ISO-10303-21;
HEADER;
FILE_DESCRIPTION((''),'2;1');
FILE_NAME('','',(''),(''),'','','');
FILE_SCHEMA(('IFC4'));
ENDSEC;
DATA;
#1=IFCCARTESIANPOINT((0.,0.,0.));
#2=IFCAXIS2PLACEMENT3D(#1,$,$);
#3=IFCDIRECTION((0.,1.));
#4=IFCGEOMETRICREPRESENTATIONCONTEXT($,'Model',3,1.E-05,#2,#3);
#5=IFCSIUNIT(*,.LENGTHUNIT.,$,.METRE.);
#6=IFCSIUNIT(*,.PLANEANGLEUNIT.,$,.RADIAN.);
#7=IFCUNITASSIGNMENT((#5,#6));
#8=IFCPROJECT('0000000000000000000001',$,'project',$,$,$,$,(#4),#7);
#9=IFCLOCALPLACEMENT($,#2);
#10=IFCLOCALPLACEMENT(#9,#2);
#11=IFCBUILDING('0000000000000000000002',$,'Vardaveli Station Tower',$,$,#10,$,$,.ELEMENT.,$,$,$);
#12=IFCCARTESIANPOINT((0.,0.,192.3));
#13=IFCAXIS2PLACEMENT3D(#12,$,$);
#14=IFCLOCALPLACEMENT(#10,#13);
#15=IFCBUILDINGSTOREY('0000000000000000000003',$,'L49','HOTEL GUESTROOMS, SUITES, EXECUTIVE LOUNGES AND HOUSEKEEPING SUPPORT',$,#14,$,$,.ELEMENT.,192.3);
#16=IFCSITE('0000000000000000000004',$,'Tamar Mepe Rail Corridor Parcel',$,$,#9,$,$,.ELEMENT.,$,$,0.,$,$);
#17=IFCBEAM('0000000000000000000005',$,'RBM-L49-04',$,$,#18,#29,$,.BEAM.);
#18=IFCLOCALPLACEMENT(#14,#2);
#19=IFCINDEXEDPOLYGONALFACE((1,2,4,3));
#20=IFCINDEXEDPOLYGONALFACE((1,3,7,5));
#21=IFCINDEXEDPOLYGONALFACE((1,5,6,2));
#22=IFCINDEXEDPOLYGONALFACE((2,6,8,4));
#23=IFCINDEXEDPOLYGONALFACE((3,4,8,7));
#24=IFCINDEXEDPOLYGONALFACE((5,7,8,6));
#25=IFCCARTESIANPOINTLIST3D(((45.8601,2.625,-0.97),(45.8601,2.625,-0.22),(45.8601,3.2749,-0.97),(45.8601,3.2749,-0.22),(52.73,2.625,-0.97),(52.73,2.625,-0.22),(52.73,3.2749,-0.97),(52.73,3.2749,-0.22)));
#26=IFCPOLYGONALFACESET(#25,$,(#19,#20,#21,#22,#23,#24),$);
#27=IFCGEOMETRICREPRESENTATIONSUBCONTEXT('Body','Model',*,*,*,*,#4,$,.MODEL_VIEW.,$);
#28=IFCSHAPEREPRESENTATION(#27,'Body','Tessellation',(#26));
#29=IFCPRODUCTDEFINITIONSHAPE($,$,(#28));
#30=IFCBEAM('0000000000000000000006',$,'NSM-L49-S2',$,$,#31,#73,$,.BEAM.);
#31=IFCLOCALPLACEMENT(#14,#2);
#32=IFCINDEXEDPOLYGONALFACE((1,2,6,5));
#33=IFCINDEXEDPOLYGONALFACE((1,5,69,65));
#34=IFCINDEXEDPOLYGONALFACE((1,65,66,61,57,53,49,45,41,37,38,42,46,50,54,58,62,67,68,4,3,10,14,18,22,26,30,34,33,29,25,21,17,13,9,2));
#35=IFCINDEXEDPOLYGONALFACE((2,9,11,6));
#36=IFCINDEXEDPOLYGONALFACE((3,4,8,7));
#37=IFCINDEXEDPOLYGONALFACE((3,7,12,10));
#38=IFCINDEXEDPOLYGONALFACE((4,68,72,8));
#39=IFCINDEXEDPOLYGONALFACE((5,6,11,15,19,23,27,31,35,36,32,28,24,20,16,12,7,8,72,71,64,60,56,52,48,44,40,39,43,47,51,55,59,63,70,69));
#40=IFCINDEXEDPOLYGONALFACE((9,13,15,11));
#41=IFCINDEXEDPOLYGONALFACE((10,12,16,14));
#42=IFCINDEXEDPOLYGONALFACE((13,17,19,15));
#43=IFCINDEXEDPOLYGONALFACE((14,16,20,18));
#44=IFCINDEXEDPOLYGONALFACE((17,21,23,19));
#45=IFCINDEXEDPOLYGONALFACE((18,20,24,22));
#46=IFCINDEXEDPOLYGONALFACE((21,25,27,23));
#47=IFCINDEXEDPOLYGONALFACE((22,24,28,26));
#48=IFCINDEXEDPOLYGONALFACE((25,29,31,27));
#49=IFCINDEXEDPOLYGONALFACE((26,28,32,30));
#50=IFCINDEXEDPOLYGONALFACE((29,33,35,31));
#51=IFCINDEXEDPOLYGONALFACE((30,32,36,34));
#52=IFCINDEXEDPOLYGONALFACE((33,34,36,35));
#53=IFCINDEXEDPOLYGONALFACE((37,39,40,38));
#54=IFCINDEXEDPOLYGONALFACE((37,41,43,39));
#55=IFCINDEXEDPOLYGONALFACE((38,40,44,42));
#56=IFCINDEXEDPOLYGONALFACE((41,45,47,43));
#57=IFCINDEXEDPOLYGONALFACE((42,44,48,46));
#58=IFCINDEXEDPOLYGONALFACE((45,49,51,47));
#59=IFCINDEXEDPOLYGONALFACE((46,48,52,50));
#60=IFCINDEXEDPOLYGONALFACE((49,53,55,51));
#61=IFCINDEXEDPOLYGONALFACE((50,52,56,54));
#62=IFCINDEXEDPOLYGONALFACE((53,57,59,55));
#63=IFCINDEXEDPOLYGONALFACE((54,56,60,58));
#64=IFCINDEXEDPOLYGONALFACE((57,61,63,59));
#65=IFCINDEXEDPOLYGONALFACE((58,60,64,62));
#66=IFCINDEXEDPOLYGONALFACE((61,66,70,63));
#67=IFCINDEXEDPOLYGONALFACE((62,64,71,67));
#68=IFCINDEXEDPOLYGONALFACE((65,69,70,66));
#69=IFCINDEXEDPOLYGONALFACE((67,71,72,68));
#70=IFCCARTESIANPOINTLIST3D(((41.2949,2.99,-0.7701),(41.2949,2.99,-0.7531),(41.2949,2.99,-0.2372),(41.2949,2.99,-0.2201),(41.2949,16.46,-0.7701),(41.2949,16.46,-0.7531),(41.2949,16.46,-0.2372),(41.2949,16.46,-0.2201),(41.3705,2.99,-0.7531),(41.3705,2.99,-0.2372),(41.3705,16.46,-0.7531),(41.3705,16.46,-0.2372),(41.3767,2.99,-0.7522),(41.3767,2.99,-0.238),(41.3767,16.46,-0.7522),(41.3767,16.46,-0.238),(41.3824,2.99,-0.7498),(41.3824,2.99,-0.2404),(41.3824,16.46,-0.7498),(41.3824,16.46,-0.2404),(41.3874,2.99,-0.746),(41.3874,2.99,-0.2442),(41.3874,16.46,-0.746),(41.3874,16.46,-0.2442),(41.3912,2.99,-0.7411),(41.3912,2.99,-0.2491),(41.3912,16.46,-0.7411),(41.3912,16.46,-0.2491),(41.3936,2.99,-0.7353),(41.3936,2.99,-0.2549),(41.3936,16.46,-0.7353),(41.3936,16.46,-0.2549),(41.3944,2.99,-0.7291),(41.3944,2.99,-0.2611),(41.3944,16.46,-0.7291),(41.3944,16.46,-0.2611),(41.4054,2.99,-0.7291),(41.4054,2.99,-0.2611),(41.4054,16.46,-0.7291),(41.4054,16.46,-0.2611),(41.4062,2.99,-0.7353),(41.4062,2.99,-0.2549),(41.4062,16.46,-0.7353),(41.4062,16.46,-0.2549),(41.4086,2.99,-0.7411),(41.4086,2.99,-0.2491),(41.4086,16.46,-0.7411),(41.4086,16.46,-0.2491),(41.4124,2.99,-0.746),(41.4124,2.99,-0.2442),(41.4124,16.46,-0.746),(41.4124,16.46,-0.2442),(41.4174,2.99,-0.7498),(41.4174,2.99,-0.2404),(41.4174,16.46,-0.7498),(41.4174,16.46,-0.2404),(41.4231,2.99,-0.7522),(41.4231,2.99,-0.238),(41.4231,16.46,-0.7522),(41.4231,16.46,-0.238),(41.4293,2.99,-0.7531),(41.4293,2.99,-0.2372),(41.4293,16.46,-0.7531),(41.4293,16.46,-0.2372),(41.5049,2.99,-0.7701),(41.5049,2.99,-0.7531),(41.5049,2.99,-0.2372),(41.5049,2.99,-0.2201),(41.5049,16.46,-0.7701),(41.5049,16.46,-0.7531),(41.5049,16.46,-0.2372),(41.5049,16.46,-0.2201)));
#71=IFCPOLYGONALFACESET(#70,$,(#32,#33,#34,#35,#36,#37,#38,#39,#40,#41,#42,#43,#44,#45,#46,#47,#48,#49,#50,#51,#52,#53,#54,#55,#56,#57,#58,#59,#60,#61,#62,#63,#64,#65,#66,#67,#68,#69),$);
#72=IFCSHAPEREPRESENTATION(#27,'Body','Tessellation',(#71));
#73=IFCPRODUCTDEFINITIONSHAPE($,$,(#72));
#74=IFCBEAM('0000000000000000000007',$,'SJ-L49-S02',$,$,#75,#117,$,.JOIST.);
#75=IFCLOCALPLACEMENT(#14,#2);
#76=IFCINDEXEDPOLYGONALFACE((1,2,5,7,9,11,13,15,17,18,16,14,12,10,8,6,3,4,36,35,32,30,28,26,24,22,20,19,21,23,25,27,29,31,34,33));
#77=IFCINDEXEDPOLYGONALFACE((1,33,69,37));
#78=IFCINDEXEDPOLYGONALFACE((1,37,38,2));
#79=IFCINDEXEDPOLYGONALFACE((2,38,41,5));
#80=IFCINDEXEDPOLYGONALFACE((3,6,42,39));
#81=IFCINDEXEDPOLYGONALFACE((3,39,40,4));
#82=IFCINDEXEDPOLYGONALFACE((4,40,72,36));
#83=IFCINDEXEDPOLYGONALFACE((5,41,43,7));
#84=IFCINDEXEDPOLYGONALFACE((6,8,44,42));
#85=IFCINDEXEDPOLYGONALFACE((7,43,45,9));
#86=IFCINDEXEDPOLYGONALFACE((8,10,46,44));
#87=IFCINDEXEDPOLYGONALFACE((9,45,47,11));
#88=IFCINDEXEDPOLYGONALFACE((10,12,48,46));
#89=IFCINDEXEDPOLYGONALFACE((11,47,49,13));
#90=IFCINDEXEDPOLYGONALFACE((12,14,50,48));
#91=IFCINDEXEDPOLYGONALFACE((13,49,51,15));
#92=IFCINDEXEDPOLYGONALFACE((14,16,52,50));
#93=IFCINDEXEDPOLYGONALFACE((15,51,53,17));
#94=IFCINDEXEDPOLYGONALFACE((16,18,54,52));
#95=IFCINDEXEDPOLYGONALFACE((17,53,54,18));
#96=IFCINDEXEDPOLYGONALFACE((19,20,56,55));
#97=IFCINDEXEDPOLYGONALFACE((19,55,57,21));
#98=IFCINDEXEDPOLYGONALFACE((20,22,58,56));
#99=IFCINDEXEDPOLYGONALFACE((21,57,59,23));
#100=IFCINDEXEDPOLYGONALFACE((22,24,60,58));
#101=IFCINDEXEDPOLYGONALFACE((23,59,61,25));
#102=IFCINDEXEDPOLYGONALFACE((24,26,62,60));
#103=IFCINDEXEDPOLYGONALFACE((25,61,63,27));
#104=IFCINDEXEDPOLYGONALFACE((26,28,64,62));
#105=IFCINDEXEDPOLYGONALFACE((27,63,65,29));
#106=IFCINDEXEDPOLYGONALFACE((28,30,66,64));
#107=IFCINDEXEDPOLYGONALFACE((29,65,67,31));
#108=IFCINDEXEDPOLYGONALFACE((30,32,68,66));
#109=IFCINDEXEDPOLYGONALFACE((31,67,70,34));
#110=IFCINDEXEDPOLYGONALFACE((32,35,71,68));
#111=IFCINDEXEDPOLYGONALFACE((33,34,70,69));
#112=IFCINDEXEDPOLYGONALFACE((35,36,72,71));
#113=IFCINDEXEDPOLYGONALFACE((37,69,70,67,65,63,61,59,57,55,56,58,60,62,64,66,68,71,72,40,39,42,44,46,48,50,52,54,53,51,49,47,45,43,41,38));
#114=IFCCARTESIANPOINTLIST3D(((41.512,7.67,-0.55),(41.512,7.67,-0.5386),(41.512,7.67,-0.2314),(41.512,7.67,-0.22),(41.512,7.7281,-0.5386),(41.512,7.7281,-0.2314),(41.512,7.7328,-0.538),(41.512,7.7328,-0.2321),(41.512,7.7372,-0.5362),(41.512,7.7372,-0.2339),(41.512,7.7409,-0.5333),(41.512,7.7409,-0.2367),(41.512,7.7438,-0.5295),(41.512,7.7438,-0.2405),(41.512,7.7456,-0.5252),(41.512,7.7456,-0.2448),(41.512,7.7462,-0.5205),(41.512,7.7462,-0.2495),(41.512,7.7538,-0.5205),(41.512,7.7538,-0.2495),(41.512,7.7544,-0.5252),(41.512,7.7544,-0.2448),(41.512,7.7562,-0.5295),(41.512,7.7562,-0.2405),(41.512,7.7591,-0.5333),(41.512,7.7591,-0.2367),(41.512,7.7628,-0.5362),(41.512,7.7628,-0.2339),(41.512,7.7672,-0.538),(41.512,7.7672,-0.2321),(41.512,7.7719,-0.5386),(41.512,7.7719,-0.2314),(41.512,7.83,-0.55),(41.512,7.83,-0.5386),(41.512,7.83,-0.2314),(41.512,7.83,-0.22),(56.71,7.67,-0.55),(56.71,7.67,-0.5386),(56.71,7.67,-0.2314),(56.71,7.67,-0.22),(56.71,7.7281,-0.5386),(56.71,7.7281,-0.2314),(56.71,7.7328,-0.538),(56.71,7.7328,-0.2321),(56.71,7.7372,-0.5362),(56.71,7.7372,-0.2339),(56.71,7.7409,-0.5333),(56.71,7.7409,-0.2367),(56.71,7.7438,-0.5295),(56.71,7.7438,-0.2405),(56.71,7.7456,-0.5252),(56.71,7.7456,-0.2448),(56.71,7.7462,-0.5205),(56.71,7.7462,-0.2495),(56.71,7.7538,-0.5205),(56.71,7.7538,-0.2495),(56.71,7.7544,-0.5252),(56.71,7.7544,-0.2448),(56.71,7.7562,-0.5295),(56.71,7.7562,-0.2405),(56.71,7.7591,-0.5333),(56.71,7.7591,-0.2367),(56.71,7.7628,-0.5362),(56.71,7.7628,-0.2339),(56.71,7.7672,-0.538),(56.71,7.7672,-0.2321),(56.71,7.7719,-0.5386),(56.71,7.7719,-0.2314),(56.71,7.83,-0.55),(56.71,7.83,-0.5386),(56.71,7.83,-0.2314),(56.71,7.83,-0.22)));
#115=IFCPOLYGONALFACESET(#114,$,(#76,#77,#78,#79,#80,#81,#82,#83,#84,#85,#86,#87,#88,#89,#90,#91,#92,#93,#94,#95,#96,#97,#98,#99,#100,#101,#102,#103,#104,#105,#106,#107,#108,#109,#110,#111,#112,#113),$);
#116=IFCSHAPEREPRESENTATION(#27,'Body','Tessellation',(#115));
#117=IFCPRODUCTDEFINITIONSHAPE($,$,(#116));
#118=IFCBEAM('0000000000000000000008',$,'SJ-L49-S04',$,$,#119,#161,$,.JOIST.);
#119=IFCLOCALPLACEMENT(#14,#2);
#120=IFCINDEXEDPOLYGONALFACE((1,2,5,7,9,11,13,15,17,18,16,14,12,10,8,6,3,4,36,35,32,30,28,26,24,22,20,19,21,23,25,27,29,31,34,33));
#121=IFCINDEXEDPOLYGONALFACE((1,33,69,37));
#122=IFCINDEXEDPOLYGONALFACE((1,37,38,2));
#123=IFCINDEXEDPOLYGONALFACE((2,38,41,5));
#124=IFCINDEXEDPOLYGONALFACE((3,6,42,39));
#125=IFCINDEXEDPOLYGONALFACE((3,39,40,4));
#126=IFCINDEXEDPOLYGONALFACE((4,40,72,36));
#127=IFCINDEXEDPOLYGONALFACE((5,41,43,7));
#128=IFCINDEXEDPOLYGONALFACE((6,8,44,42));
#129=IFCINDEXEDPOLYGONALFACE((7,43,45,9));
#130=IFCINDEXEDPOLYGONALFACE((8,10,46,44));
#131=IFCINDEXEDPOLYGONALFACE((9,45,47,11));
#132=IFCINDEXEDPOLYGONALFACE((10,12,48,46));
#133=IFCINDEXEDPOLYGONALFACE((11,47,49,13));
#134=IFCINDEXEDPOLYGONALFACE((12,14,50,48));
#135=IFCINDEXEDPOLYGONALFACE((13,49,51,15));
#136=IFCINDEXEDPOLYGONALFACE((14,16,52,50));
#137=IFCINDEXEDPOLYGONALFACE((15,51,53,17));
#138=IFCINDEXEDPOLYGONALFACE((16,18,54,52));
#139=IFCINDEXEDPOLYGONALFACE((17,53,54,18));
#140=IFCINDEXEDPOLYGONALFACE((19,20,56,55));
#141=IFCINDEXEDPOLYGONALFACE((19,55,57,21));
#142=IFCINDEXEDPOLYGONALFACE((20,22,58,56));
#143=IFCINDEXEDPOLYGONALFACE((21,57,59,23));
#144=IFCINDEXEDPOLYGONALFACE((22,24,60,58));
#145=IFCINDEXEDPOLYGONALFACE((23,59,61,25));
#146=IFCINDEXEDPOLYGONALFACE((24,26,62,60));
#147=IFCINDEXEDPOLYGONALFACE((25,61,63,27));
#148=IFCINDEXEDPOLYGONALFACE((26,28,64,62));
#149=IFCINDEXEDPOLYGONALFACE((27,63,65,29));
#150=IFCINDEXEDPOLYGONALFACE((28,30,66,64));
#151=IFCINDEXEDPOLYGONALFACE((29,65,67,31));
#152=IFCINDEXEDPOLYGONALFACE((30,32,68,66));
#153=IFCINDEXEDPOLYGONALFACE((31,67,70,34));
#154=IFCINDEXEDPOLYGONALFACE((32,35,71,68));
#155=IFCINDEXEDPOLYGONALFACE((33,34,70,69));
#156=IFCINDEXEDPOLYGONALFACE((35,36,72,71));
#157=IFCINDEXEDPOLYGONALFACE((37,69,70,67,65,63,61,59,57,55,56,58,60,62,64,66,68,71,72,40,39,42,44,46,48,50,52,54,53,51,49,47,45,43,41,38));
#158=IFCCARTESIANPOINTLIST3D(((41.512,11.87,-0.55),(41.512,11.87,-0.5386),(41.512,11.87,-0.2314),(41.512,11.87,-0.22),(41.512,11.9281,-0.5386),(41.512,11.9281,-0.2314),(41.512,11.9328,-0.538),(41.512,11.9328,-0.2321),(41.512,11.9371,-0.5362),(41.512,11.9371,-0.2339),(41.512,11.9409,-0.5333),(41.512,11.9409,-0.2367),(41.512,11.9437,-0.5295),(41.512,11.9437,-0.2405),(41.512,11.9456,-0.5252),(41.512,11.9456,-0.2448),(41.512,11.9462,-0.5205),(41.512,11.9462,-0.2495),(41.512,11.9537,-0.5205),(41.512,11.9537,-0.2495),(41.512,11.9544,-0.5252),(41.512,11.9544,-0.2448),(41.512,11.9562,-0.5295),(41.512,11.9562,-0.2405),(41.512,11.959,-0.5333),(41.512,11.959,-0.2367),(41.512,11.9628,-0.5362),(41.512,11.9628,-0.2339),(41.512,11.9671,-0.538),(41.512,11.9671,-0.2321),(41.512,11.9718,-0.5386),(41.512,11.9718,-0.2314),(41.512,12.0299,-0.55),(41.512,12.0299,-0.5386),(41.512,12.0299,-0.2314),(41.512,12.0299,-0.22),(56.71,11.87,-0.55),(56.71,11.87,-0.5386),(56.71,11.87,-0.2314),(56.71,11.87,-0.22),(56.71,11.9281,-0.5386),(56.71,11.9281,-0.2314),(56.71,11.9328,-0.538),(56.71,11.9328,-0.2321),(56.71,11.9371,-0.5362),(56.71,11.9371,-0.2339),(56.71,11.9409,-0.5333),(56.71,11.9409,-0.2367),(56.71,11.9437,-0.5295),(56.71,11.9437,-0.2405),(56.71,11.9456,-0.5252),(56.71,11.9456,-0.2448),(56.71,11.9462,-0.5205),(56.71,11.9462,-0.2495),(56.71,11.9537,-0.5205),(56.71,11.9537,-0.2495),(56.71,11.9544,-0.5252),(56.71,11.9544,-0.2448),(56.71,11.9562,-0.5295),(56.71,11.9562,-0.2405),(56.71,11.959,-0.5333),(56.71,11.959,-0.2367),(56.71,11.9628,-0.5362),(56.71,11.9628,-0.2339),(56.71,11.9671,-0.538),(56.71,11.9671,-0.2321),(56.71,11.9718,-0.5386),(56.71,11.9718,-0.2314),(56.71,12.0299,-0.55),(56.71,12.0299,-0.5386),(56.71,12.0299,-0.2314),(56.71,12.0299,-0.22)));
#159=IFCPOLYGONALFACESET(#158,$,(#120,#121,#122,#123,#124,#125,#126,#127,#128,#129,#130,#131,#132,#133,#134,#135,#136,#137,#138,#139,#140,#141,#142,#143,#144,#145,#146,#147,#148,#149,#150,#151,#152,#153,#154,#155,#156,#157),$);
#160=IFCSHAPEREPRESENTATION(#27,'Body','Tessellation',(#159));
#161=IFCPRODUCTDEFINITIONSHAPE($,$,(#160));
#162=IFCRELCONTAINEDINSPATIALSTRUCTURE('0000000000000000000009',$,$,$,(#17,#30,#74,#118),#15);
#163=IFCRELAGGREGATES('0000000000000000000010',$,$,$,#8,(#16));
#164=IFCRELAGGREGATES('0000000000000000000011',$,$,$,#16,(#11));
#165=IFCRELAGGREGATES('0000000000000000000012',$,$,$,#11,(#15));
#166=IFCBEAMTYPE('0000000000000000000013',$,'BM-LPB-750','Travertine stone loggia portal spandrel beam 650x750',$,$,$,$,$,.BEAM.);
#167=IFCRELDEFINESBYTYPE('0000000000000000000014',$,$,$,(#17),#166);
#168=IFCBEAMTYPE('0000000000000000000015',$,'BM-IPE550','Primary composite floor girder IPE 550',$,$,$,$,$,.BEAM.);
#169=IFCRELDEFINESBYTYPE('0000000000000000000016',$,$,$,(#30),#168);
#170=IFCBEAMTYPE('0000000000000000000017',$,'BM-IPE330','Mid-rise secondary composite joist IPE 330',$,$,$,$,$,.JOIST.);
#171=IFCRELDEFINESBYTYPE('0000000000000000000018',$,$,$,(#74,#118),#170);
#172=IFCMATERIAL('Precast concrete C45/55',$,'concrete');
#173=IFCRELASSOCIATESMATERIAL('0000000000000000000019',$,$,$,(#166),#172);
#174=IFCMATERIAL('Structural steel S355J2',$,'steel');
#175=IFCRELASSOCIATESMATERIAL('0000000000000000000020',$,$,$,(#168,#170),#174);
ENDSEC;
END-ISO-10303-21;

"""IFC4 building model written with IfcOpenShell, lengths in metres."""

from ifc_helpers import new_model, si_unit, direction, frame, origin, origin_2d, place, context, subcontext, project, spatial, rectangle, i_section, extrude, source, transform, mapped, material, material_profile, profile_set, type_object, element, save


model = new_model("IFC4")

# Units and contexts
model_context = context("Model", 3, precision=1e-05, world=origin(), true_north=direction((0.0, 1.0)))
body_context = subcontext(model_context, "Body", "Model", "MODEL_VIEW")
ifc_project = project(units=[si_unit("LENGTHUNIT", "METRE"), si_unit("PLANEANGLEUNIT", "RADIAN")], contexts=[model_context])

# Site, building, storey
site_placement = place(None, origin())
site = spatial("IfcSite", under=ifc_project, at=site_placement, Name="Tamar Mepe Rail Corridor Parcel", CompositionType="ELEMENT", RefElevation=0.0)
building_placement = place(site_placement, origin())
building = spatial("IfcBuilding", under=site, at=building_placement, Name="Vardaveli Station Tower", CompositionType="ELEMENT")
storey_placement = place(building_placement, frame((0.0, 0.0, 192.3)))
storey = spatial("IfcBuildingStorey", under=building, at=storey_placement, Name="L49", Description="HOTEL GUESTROOMS, SUITES, EXECUTIVE LOUNGES AND HOUSEKEEPING SUPPORT", CompositionType="ELEMENT", Elevation=192.3)

# Beams
ifc_material_1 = material(Name="Structural steel S355J2", Category="steel")
ifc_material_2 = material(Name="Precast concrete C45/55", Category="concrete")
ifc_material_profile_1 = material_profile(ifc_material_2, rectangle(XDim=0.6499, YDim=0.75, at=origin_2d()), Name="LPB 650x750")
ifc_profile_set_1 = profile_set([ifc_material_profile_1], Name="Precast concrete C45/55")
beam_type_1 = type_object("IfcBeamType", Name="BM-LPB-750", Description="Travertine stone loggia portal spandrel beam 650x750", PredefinedType="BEAM", material=ifc_profile_set_1)
shared_shape_1 = source(origin(), body_context, "Body", "SweptSolid", [
    extrude(rectangle(XDim=0.6499, YDim=0.75, at=origin_2d()), origin(), (0.0, 0.0, 1.0), 6.8699),
])
beam_1_placement = place(storey_placement, frame((45.8601, 2.95, -0.595), z_axis=(1.0, 0.0, 0.0), x_axis=(0.0, 1.0, 0.0)))
element("IfcBeam", 1, at=beam_1_placement, inside=storey, type_object=beam_type_1, Name="RBM-L49-04", PredefinedType="BEAM", context=body_context, shape_type="MappedRepresentation", body=[
    mapped(shared_shape_1, transform((0.0, 0.0, 0.0), scale=1.0)),
])
ifc_material_profile_2 = material_profile(ifc_material_1, i_section(OverallWidth=0.21, OverallDepth=0.55, WebThickness=0.011, FlangeThickness=0.0171, FilletRadius=0.0239, at=origin_2d()), Name="IPE 550")
ifc_profile_set_2 = profile_set([ifc_material_profile_2], Name="Structural steel S355J2")
beam_type_2 = type_object("IfcBeamType", Name="BM-IPE550", Description="Primary composite floor girder IPE 550", PredefinedType="BEAM", material=ifc_profile_set_2)
shared_shape_2 = source(origin(), body_context, "Body", "SweptSolid", [
    extrude(i_section(OverallWidth=0.21, OverallDepth=0.55, WebThickness=0.011, FlangeThickness=0.0171, FilletRadius=0.0239, at=origin_2d()), origin(), (0.0, 0.0, 1.0), 13.47),
])
beam_2_placement = place(storey_placement, frame((41.3999, 2.99, -0.4951), z_axis=(0.0, 1.0, 0.0), x_axis=(-1.0, 0.0, 0.0)))
element("IfcBeam", 2, at=beam_2_placement, inside=storey, type_object=beam_type_2, Name="NSM-L49-S2", PredefinedType="BEAM", context=body_context, shape_type="MappedRepresentation", body=[
    mapped(shared_shape_2, transform((0.0, 0.0, 0.0), scale=1.0)),
])
ifc_material_profile_3 = material_profile(ifc_material_1, i_section(OverallWidth=0.1599, OverallDepth=0.3301, WebThickness=0.0076, FlangeThickness=0.0115, FilletRadius=0.0181, at=origin_2d()), Name="IPE 330")
ifc_profile_set_3 = profile_set([ifc_material_profile_3], Name="Structural steel S355J2")
beam_type_3 = type_object("IfcBeamType", Name="BM-IPE330", Description="Mid-rise secondary composite joist IPE 330", PredefinedType="JOIST", material=ifc_profile_set_3)
shared_shape_3 = source(origin(), body_context, "Body", "SweptSolid", [
    extrude(i_section(OverallWidth=0.1599, OverallDepth=0.3301, WebThickness=0.0076, FlangeThickness=0.0115, FilletRadius=0.0181, at=origin_2d()), origin(), (0.0, 0.0, 1.0), 15.198),
])
for number, where, z_axis, x_axis, name in (
    (3, (41.512, 7.75, -0.385), (1.0, 0.0, 0.0), (0.0, 1.0, 0.0), "SJ-L49-S02"),
    (4, (41.512, 11.95, -0.385), (1.0, 0.0, 0.0), (0.0, 1.0, 0.0), "SJ-L49-S04"),
):
    element("IfcBeam", number, at=place(storey_placement, frame(where, z_axis=z_axis, x_axis=x_axis)), inside=storey, type_object=beam_type_3, Name=name, PredefinedType="JOIST", context=body_context, shape_type="MappedRepresentation", body=[
        mapped(shared_shape_3, transform((0.0, 0.0, 0.0), scale=1.0)),
    ])

save(model, "model.ifc")
